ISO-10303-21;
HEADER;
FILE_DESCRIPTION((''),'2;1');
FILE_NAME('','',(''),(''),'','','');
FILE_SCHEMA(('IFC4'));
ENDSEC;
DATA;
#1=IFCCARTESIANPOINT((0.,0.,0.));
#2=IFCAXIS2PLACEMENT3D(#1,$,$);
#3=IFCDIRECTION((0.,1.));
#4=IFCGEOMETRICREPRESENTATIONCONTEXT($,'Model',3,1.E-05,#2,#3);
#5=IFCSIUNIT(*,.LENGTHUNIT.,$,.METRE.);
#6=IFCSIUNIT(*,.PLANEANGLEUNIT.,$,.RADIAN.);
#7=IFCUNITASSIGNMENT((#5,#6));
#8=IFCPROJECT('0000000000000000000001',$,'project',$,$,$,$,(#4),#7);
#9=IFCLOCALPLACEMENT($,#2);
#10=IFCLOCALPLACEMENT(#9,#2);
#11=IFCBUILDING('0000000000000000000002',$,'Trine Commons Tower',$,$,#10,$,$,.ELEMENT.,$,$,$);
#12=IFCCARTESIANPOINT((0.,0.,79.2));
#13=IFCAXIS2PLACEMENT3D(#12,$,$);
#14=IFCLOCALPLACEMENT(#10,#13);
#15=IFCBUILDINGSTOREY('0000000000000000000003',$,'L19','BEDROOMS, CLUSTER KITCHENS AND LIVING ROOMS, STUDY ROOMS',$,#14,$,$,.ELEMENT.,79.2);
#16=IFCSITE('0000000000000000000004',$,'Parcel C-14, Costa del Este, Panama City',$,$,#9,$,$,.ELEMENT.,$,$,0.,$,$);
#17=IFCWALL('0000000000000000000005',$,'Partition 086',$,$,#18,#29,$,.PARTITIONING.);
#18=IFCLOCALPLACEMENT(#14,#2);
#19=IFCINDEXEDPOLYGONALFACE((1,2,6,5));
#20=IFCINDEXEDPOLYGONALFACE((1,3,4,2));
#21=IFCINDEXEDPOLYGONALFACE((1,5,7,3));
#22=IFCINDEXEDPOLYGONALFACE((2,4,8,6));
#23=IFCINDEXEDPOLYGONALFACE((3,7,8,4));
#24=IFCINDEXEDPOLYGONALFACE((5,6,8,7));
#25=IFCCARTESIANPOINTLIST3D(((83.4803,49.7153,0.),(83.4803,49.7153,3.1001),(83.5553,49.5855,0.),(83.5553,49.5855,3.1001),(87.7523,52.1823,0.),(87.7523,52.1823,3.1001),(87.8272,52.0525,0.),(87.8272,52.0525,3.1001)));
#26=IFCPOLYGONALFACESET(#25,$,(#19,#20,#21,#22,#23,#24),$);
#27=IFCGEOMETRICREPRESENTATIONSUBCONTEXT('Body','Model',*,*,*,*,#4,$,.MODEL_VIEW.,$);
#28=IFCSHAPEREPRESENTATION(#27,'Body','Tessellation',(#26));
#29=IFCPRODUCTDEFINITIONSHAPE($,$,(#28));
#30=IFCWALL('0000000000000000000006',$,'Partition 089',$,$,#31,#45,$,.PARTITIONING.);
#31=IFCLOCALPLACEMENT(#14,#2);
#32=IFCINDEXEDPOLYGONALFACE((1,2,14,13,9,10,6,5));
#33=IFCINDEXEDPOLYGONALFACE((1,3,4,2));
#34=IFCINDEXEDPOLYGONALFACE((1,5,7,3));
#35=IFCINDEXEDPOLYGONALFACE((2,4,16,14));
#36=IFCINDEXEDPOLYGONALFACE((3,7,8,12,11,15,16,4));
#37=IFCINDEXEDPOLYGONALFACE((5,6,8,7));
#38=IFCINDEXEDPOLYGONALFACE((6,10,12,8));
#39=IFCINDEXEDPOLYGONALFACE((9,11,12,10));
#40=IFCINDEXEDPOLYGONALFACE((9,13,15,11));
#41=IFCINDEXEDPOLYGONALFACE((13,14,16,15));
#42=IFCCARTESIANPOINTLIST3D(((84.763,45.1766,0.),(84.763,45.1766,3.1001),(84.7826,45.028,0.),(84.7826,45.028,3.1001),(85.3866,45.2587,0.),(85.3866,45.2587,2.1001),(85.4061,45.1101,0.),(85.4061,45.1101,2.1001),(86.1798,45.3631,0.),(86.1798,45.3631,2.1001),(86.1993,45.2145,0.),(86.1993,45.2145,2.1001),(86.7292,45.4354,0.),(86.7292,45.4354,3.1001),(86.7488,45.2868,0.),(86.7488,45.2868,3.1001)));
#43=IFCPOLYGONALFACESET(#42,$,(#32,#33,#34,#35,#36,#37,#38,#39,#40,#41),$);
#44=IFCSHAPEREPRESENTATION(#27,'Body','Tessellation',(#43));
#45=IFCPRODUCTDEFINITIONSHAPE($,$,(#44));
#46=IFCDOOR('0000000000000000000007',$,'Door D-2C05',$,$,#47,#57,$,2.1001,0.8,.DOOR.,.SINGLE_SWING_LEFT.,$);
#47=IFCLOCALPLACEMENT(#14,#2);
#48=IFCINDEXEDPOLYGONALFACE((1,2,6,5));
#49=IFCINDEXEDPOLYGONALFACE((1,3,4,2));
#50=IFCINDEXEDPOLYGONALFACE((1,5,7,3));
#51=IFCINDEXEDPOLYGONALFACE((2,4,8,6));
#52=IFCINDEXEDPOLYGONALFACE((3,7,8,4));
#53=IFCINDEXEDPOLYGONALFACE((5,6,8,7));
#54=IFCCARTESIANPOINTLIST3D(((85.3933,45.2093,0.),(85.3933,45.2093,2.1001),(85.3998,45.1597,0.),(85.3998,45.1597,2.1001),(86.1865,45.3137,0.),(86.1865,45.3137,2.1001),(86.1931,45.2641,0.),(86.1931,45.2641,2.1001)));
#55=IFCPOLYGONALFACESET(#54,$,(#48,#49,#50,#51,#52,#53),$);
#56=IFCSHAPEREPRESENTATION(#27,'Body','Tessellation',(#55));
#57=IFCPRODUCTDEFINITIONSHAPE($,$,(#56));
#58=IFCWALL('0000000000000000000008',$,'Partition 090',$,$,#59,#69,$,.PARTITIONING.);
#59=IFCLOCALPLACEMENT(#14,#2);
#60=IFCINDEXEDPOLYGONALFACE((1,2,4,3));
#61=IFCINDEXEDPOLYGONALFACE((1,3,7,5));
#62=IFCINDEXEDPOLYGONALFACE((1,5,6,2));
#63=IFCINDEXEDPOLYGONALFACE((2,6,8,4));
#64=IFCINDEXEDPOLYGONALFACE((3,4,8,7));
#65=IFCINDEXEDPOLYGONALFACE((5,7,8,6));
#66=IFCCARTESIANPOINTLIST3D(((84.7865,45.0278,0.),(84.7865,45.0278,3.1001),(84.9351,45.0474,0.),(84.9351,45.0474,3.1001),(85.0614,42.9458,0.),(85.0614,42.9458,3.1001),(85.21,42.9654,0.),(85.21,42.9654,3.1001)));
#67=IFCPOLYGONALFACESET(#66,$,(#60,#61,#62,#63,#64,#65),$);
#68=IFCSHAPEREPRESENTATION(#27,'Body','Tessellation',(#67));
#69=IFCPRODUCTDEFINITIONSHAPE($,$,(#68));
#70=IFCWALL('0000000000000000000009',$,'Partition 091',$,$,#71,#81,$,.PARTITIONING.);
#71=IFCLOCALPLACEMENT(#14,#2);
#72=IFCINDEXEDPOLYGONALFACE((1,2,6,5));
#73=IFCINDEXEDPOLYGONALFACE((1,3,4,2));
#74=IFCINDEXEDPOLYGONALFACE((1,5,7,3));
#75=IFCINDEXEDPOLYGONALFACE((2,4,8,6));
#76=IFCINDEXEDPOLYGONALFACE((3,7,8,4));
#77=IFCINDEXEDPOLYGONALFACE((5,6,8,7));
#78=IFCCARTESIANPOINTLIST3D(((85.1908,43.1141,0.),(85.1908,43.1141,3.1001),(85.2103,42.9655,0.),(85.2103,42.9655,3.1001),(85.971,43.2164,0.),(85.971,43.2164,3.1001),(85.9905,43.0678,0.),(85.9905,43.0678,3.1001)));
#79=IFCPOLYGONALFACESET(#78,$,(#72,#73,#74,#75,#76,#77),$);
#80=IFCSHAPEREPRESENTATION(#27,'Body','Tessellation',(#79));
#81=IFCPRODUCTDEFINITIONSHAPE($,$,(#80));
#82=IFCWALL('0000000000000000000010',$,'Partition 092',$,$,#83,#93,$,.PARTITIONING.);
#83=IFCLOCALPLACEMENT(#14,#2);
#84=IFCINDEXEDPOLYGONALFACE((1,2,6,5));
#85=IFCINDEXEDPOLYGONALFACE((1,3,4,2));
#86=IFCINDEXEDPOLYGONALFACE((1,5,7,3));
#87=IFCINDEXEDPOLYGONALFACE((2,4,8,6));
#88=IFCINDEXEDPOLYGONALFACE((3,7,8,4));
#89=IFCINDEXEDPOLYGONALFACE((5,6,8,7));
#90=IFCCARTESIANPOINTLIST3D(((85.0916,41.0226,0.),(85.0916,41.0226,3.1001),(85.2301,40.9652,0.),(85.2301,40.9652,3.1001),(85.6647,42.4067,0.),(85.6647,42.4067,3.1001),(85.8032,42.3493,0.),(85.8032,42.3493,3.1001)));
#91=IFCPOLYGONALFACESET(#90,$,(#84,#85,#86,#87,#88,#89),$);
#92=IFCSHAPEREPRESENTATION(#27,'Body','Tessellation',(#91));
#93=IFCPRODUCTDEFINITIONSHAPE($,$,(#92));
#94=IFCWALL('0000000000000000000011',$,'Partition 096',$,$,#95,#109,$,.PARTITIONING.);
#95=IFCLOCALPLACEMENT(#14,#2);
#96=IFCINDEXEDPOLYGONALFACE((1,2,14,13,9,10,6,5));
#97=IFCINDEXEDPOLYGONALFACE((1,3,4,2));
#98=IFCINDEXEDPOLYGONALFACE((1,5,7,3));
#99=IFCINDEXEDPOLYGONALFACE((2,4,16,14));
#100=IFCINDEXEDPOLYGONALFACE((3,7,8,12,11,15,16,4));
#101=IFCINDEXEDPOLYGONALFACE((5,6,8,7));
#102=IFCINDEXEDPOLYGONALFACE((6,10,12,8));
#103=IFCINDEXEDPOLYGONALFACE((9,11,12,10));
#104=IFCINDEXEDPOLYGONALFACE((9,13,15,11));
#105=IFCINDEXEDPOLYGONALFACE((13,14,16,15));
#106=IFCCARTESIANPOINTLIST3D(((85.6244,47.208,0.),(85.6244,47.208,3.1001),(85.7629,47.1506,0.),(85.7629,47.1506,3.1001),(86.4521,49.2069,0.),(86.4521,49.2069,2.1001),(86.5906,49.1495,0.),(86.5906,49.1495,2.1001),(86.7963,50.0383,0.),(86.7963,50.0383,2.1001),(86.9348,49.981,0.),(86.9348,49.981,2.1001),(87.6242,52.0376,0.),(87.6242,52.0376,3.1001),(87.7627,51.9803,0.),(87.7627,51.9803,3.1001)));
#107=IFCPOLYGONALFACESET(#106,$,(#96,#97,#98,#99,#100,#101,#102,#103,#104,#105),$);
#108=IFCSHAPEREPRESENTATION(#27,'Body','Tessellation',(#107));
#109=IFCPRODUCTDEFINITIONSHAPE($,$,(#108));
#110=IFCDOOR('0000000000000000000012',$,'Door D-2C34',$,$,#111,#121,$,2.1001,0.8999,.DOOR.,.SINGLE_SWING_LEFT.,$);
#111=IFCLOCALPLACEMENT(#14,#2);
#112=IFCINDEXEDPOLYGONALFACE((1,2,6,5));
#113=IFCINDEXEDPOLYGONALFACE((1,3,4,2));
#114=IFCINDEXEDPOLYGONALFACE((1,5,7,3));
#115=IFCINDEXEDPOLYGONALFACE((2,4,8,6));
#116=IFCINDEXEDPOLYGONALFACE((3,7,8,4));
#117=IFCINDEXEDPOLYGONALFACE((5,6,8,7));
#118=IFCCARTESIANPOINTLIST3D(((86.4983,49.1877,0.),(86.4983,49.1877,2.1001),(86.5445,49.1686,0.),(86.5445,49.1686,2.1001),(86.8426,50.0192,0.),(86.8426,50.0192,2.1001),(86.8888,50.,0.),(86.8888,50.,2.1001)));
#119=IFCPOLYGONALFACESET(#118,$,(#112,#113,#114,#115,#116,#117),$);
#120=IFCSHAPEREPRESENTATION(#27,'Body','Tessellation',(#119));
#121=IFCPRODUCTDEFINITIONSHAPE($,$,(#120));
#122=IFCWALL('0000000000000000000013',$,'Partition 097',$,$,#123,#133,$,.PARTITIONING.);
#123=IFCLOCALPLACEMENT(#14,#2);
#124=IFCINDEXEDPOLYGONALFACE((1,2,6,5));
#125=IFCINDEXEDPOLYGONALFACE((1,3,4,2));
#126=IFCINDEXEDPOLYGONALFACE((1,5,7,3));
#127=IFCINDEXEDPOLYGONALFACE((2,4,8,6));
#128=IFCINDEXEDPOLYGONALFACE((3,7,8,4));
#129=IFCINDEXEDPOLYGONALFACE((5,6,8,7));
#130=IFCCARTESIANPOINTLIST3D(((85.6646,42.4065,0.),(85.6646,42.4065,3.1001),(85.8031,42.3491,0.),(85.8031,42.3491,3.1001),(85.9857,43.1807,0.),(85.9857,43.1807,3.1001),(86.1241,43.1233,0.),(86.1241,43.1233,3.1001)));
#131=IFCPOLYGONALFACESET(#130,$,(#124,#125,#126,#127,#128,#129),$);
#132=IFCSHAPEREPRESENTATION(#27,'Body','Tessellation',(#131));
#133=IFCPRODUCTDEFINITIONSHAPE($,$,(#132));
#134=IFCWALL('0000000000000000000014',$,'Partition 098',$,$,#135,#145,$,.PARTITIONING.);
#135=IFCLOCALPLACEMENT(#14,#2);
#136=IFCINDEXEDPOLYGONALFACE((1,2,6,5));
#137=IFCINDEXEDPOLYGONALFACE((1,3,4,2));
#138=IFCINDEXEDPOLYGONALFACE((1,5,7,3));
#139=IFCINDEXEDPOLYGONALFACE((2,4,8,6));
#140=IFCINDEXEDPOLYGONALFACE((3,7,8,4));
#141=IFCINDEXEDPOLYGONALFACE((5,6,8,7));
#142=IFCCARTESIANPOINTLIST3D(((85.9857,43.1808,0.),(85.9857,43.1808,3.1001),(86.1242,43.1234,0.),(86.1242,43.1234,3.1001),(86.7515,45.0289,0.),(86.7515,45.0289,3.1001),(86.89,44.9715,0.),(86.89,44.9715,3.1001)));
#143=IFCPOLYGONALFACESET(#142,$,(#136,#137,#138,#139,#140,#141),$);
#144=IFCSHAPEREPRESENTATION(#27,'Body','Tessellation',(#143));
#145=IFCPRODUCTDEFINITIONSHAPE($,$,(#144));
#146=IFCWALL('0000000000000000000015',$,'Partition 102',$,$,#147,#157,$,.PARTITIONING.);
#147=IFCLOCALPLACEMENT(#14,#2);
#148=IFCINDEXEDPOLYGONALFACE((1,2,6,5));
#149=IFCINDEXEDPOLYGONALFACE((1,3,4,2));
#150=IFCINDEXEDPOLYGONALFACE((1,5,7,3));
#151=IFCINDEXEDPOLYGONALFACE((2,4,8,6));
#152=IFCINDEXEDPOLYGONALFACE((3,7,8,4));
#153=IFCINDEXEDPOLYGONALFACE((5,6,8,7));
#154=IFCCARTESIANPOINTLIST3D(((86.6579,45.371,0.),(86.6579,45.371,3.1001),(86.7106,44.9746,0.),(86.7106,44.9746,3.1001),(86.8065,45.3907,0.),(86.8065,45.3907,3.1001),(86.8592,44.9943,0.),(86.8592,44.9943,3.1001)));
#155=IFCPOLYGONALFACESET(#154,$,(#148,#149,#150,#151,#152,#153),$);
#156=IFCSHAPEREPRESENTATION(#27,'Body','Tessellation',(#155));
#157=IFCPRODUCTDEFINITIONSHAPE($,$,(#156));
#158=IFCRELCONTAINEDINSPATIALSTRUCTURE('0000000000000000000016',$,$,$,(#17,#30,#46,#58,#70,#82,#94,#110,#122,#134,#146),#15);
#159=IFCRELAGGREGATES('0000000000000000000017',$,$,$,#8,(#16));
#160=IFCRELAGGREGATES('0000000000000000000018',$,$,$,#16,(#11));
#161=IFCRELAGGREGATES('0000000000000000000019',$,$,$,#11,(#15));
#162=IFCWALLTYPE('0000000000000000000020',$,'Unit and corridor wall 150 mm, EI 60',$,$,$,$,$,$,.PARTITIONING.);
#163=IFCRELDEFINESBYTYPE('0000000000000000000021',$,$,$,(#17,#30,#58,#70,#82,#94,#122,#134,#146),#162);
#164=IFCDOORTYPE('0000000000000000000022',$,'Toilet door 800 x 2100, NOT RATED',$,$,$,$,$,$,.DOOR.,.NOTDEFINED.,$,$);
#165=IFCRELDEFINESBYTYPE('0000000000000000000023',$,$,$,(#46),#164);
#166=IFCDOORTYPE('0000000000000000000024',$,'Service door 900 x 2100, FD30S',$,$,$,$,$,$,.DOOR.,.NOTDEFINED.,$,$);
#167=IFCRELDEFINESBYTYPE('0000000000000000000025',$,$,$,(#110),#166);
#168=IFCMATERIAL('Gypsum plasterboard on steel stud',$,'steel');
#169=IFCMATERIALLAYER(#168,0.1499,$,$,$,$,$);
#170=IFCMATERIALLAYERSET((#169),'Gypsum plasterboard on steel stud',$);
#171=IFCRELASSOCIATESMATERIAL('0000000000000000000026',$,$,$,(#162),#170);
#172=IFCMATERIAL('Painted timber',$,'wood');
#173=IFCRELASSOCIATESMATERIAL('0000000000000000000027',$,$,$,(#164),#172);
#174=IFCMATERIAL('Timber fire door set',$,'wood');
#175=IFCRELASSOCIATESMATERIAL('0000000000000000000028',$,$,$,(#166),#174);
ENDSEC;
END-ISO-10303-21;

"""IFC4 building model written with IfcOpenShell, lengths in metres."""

from ifc_helpers import new_model, si_unit, direction, frame, frame_2d, origin, place, context, subcontext, project, spatial, rectangle, extrude, material, layer, layer_set, type_object, element, fill, save


model = new_model("IFC4")

# Units and contexts
model_context = context("Model", 3, precision=1e-05, world=origin(), true_north=direction((0.0, 1.0)))
body_context = subcontext(model_context, "Body", "Model", "MODEL_VIEW")
ifc_project = project(units=[si_unit("LENGTHUNIT", "METRE"), si_unit("PLANEANGLEUNIT", "RADIAN")], contexts=[model_context])

# Site, building, storey
site_placement = place(None, origin())
site = spatial("IfcSite", under=ifc_project, at=site_placement, Name="Parcel C-14, Costa del Este, Panama City", CompositionType="ELEMENT", RefElevation=0.0)
building_placement = place(site_placement, origin())
building = spatial("IfcBuilding", under=site, at=building_placement, Name="Trine Commons Tower", CompositionType="ELEMENT")
storey_placement = place(building_placement, frame((0.0, 0.0, 79.2)))
storey = spatial("IfcBuildingStorey", under=building, at=storey_placement, Name="L19", Description="BEDROOMS, CLUSTER KITCHENS AND LIVING ROOMS, STUDY ROOMS", CompositionType="ELEMENT", Elevation=79.2)

# Shared definitions
ifc_material_1 = material(Name="Gypsum plasterboard on steel stud", Category="steel")
ifc_layer_1 = layer(ifc_material_1, 0.1499)
ifc_layer_set_1 = layer_set([ifc_layer_1], Name="Gypsum plasterboard on steel stud")
wall_type_1 = type_object("IfcWallType", Name="Unit and corridor wall 150 mm, EI 60", PredefinedType="PARTITIONING", material=ifc_layer_set_1)
ifc_material_2 = material(Name="Timber fire door set", Category="wood")

# Wall
wall_1_placement = place(storey_placement, frame((83.5178, 49.6504, 0.0), z_axis=(0.0, 0.0, 1.0), x_axis=(0.865971, 0.500094, 0.0)))
element("IfcWall", 1, at=wall_1_placement, inside=storey, type_object=wall_type_1, Name="Partition 086", PredefinedType="PARTITIONING", context=body_context, shape_type="SweptSolid", body=[
    extrude(rectangle(XDim=4.9331, YDim=0.1499, at=frame_2d((2.4666, 0.0))), origin(), (0.0, 0.0, 1.0), 3.1001),
])

# Wall, opening, door
wall_2_placement = place(storey_placement, frame((84.7727, 45.1023, 0.0), z_axis=(0.0, 0.0, 1.0), x_axis=(0.99145, 0.130486, 0.0)))
wall_2 = element("IfcWall", 2, at=wall_2_placement, inside=storey, type_object=wall_type_1, Name="Partition 089", PredefinedType="PARTITIONING", context=body_context, shape_type="SweptSolid", body=[
    extrude(rectangle(XDim=1.9832, YDim=0.1499, at=frame_2d((0.9917, 0.0))), origin(), (0.0, 0.0, 1.0), 3.1001),
])
opening_1_placement = place(wall_2_placement, frame((0.6292, 0.0, 0.0)))
opening_1 = element("IfcOpeningElement", 3, at=opening_1_placement, cuts=wall_2, PredefinedType="OPENING", context=body_context, shape_type="SweptSolid", body=[
    extrude(rectangle(XDim=0.8, YDim=2.1001, at=frame_2d((0.3999, 1.05))), frame((0.0, 0.085, 0.0), z_axis=(0.0, -1.0, 0.0), x_axis=(1.0, 0.0, 0.0)), (0.0, 0.0, 1.0), 0.1699),
])
ifc_material_3 = material(Name="Painted timber", Category="wood")
door_type_1 = type_object("IfcDoorType", Name="Toilet door 800 x 2100, NOT RATED", OperationType="NOTDEFINED", PredefinedType="DOOR", material=ifc_material_3)
door_1_placement = place(opening_1_placement, frame((0.8, 0.0, 0.0), z_axis=(0.0, 0.0, 1.0), x_axis=(-1.0, 0.0, 0.0)))
door_1 = element("IfcDoor", 4, at=door_1_placement, inside=storey, type_object=door_type_1, Name="Door D-2C05", OperationType="SINGLE_SWING_LEFT", OverallHeight=2.1001, OverallWidth=0.8, PredefinedType="DOOR", context=body_context, shape_type="SweptSolid", body=[
    extrude(rectangle(XDim=0.8, YDim=2.1001, at=frame_2d((0.3999, 1.05))), frame((0.0, 0.0249, 0.0), z_axis=(0.0, -1.0, 0.0), x_axis=(1.0, 0.0, 0.0)), (0.0, 0.0, 1.0), 0.05),
])
fill(opening_1, door_1)

# Walls
wall_3_placement = place(storey_placement, frame((84.8608, 45.0376, 0.0), z_axis=(0.0, 0.0, 1.0), x_axis=(0.1309, -0.991396, 0.0)))
element("IfcWall", 5, at=wall_3_placement, inside=storey, type_object=wall_type_1, Name="Partition 090", PredefinedType="PARTITIONING", context=body_context, shape_type="SweptSolid", body=[
    extrude(rectangle(XDim=2.1001, YDim=0.1499, at=frame_2d((1.05, 0.0))), origin(), (0.0, 0.0, 1.0), 3.1001),
])
wall_4_placement = place(storey_placement, frame((85.2004, 43.0398, 0.0), z_axis=(0.0, 0.0, 1.0), x_axis=(0.991515, 0.129989, 0.0)))
element("IfcWall", 6, at=wall_4_placement, inside=storey, type_object=wall_type_1, Name="Partition 091", PredefinedType="PARTITIONING", context=body_context, shape_type="SweptSolid", body=[
    extrude(rectangle(XDim=0.7869, YDim=0.1499, at=frame_2d((0.3936, 0.0))), origin(), (0.0, 0.0, 1.0), 3.1001),
])
wall_5_placement = place(storey_placement, frame((85.1609, 40.9939, 0.0), z_axis=(0.0, 0.0, 1.0), x_axis=(0.38252, 0.923947, 0.0)))
element("IfcWall", 7, at=wall_5_placement, inside=storey, type_object=wall_type_1, Name="Partition 092", PredefinedType="PARTITIONING", context=body_context, shape_type="SweptSolid", body=[
    extrude(rectangle(XDim=1.498, YDim=0.1499, at=frame_2d((0.749, 0.0))), origin(), (0.0, 0.0, 1.0), 3.1001),
])

# Wall, opening, door
wall_6_placement = place(storey_placement, frame((85.6936, 47.1792, 0.0), z_axis=(0.0, 0.0, 1.0), x_axis=(0.382565, 0.923929, 0.0)))
wall_6 = element("IfcWall", 8, at=wall_6_placement, inside=storey, type_object=wall_type_1, Name="Partition 096", PredefinedType="PARTITIONING", context=body_context, shape_type="SweptSolid", body=[
    extrude(rectangle(XDim=5.2273, YDim=0.1499, at=frame_2d((2.6138, 0.0))), origin(), (0.0, 0.0, 1.0), 3.1001),
])
opening_2_placement = place(wall_6_placement, frame((2.1636, 0.0, 0.0)))
opening_2 = element("IfcOpeningElement", 9, at=opening_2_placement, cuts=wall_6, PredefinedType="OPENING", context=body_context, shape_type="SweptSolid", body=[
    extrude(rectangle(XDim=0.8999, YDim=2.1001, at=frame_2d((0.45, 1.05))), frame((0.0, 0.085, 0.0), z_axis=(0.0, -1.0, 0.0), x_axis=(1.0, 0.0, 0.0)), (0.0, 0.0, 1.0), 0.1699),
])
door_type_2 = type_object("IfcDoorType", Name="Service door 900 x 2100, FD30S", OperationType="NOTDEFINED", PredefinedType="DOOR", material=ifc_material_2)
door_2_placement = place(opening_2_placement, origin())
door_2 = element("IfcDoor", 10, at=door_2_placement, inside=storey, type_object=door_type_2, Name="Door D-2C34", OperationType="SINGLE_SWING_LEFT", OverallHeight=2.1001, OverallWidth=0.8999, PredefinedType="DOOR", context=body_context, shape_type="SweptSolid", body=[
    extrude(rectangle(XDim=0.8999, YDim=2.1001, at=frame_2d((0.45, 1.05))), frame((0.0, 0.0249, 0.0), z_axis=(0.0, -1.0, 0.0), x_axis=(1.0, 0.0, 0.0)), (0.0, 0.0, 1.0), 0.05),
])
fill(opening_2, door_2)

# Walls
wall_7_placement = place(storey_placement, frame((85.7339, 42.3779, 0.0), z_axis=(0.0, 0.0, 1.0), x_axis=(0.383064, 0.923722, 0.0)))
element("IfcWall", 11, at=wall_7_placement, inside=storey, type_object=wall_type_1, Name="Partition 097", PredefinedType="PARTITIONING", context=body_context, shape_type="SweptSolid", body=[
    extrude(rectangle(XDim=0.8381, YDim=0.1499, at=frame_2d((0.4189, 0.0))), origin(), (0.0, 0.0, 1.0), 3.1001),
])
wall_8_placement = place(storey_placement, frame((86.0549, 43.1521, 0.0), z_axis=(0.0, 0.0, 1.0), x_axis=(0.38283, 0.923819, 0.0)))
element("IfcWall", 12, at=wall_8_placement, inside=storey, type_object=wall_type_1, Name="Partition 098", PredefinedType="PARTITIONING", context=body_context, shape_type="SweptSolid", body=[
    extrude(rectangle(XDim=2.0005, YDim=0.1499, at=frame_2d((1.0002, 0.0))), origin(), (0.0, 0.0, 1.0), 3.1001),
])
wall_9_placement = place(storey_placement, frame((86.7322, 45.3809, 0.0), z_axis=(0.0, 0.0, 1.0), x_axis=(0.131844, -0.99127, 0.0)))
element("IfcWall", 13, at=wall_9_placement, inside=storey, type_object=wall_type_1, Name="Partition 102", PredefinedType="PARTITIONING", context=body_context, shape_type="SweptSolid", body=[
    extrude(rectangle(XDim=0.3999, YDim=0.1499, at=frame_2d((0.2, 0.0))), origin(), (0.0, 0.0, 1.0), 3.1001),
])

save(model, "model.ifc")
